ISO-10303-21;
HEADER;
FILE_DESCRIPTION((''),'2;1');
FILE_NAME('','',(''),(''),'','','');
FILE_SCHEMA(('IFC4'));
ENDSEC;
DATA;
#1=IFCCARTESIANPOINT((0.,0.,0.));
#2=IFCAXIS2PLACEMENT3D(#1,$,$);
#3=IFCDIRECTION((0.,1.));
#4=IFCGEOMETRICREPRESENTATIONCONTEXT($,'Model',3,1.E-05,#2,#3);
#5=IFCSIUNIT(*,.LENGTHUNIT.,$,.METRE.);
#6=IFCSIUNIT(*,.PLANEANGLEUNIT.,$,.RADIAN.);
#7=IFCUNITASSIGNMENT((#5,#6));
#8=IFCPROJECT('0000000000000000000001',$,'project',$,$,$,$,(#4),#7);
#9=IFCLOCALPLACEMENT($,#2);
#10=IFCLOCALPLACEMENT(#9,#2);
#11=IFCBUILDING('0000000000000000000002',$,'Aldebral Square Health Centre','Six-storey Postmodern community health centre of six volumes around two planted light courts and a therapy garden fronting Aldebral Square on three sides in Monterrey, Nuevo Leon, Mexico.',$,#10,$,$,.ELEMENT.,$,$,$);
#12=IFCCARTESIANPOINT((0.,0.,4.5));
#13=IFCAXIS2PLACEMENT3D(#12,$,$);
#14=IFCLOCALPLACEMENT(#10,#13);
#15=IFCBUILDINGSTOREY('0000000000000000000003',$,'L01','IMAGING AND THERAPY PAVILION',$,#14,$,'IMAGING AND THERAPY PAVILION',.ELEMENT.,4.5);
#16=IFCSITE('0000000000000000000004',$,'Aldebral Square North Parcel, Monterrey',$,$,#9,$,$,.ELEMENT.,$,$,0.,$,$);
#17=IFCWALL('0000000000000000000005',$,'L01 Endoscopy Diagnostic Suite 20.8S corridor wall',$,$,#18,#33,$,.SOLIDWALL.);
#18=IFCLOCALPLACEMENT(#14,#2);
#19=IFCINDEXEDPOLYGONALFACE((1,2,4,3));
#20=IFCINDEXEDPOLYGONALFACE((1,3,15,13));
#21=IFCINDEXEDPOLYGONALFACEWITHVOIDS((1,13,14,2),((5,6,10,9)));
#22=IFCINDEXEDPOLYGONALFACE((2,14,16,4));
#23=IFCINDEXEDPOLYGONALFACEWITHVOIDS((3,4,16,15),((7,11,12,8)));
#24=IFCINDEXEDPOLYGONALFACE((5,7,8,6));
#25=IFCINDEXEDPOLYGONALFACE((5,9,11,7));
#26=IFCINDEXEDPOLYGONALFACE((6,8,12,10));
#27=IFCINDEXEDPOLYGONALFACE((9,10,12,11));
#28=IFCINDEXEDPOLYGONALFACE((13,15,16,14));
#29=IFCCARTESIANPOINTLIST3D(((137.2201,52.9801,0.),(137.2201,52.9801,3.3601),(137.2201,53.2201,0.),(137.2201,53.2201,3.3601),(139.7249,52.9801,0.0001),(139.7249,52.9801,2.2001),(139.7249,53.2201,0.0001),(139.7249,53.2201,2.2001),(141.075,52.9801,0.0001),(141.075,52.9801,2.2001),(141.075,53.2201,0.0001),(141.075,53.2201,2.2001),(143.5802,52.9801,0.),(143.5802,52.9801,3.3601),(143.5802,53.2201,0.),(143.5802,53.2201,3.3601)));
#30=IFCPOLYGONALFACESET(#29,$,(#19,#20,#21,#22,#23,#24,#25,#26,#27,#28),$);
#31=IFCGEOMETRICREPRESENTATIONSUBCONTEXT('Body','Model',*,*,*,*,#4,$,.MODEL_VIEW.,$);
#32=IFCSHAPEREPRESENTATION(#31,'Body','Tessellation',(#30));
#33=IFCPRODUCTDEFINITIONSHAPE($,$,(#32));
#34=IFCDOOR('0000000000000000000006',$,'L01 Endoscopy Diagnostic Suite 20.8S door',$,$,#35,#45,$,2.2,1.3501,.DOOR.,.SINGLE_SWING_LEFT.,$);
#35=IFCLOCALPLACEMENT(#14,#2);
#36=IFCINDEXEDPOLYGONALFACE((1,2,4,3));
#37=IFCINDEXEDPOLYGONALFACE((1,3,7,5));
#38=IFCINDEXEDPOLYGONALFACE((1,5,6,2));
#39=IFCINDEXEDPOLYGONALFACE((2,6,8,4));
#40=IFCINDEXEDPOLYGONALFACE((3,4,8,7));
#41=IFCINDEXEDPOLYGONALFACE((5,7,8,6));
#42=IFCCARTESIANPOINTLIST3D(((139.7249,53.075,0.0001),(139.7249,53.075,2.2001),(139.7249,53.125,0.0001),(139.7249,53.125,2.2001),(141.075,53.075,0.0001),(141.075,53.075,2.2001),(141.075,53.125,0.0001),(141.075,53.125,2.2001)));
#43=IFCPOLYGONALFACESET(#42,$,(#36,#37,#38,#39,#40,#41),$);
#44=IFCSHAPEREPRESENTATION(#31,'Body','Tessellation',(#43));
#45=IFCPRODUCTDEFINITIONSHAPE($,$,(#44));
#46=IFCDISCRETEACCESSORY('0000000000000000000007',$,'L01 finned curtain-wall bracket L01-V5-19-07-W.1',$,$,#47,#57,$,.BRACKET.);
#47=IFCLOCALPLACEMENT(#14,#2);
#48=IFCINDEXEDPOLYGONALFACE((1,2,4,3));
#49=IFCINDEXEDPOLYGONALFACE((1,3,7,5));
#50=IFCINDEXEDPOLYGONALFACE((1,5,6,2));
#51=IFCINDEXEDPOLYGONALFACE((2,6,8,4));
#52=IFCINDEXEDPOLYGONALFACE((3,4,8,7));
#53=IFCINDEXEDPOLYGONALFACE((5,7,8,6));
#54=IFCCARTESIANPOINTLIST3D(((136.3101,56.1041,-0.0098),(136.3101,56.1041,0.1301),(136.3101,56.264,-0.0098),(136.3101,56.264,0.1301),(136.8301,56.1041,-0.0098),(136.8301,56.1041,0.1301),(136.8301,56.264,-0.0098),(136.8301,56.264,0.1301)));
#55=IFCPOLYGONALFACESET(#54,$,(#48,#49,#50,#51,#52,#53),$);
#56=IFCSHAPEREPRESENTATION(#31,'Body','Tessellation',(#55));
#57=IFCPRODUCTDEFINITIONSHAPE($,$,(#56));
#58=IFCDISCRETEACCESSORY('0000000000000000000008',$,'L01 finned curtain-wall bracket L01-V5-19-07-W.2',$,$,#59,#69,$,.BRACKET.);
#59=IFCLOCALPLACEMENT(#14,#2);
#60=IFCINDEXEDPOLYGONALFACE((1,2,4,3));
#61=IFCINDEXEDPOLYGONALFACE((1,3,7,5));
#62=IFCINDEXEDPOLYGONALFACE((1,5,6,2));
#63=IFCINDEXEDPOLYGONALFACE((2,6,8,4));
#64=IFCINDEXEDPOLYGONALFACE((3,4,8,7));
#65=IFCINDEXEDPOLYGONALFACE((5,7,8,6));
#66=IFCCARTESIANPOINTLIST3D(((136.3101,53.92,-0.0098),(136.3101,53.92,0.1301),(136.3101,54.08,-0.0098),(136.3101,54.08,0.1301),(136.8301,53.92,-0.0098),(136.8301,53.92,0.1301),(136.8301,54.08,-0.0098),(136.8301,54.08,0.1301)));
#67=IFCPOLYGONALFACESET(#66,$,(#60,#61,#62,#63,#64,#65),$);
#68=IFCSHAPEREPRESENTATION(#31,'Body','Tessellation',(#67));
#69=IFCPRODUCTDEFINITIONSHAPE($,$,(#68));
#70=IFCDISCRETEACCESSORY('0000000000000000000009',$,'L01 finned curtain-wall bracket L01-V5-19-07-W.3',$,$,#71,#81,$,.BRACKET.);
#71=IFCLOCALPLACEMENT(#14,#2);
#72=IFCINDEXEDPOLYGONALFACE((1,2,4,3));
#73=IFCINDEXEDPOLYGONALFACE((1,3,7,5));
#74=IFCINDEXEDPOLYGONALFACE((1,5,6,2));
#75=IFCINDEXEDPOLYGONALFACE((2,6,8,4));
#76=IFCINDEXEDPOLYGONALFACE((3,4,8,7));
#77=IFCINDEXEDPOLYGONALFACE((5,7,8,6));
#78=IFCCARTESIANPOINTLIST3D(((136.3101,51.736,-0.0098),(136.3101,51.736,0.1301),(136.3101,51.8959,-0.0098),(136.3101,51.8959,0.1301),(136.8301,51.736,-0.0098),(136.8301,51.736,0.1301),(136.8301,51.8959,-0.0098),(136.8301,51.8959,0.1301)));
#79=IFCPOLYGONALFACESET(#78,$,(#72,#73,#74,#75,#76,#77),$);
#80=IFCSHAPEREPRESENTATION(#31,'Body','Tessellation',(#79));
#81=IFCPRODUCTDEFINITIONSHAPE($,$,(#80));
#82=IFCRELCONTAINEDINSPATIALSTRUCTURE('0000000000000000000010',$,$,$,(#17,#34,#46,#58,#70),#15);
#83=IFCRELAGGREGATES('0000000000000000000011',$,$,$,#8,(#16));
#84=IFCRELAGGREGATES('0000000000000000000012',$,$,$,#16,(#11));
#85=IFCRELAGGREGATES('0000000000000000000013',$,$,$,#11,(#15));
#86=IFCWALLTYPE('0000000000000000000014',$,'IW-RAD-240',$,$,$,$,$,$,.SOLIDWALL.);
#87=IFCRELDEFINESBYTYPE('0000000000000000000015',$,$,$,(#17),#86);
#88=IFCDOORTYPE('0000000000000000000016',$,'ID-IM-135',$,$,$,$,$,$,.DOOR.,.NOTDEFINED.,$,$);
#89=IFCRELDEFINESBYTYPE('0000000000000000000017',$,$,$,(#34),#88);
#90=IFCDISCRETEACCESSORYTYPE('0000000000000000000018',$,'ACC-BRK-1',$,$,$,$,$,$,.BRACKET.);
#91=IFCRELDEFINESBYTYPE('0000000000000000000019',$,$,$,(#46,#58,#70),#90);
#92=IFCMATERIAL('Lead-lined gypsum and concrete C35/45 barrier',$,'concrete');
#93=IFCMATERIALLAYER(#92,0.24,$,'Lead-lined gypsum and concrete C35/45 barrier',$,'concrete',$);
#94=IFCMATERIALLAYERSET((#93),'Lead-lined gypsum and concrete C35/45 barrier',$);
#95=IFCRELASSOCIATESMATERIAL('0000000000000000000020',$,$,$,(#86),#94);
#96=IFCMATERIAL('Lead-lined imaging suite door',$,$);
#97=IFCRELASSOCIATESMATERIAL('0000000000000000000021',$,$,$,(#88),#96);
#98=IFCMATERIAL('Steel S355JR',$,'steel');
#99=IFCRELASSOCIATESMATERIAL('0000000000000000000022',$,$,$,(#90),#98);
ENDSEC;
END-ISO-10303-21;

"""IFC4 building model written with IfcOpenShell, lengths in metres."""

from ifc_helpers import new_model, si_unit, direction, frame, frame_2d, origin, origin_2d, place, context, subcontext, project, spatial, rectangle, extrude, material, layer, layer_set, type_object, element, fill, save


model = new_model("IFC4")

# Units and contexts
model_context = context("Model", 3, precision=1e-05, world=origin(), true_north=direction((0.0, 1.0)))
body_context = subcontext(model_context, "Body", "Model", "MODEL_VIEW")
ifc_project = project(units=[si_unit("LENGTHUNIT", "METRE"), si_unit("PLANEANGLEUNIT", "RADIAN")], contexts=[model_context])

# Site, building, storey
site_placement = place(None, origin())
site = spatial("IfcSite", under=ifc_project, at=site_placement, Name="Aldebral Square North Parcel, Monterrey", CompositionType="ELEMENT", RefElevation=0.0)
building_placement = place(site_placement, origin())
building = spatial("IfcBuilding", under=site, at=building_placement, Name="Aldebral Square Health Centre", Description="Six-storey Postmodern community health centre of six volumes around two planted light courts and a therapy garden fronting Aldebral Square on three sides in Monterrey, Nuevo Leon, Mexico.", CompositionType="ELEMENT")
storey_placement = place(building_placement, frame((0.0, 0.0, 4.5)))
storey = spatial("IfcBuildingStorey", under=building, at=storey_placement, Name="L01", Description="IMAGING AND THERAPY PAVILION", LongName="IMAGING AND THERAPY PAVILION", CompositionType="ELEMENT", Elevation=4.5)

# Wall, opening, door
ifc_material_1 = material(Name="Lead-lined gypsum and concrete C35/45 barrier", Category="concrete")
ifc_layer_1 = layer(ifc_material_1, 0.24, Name="Lead-lined gypsum and concrete C35/45 barrier", Category="concrete")
ifc_layer_set_1 = layer_set([ifc_layer_1], Name="Lead-lined gypsum and concrete C35/45 barrier")
wall_type_1 = type_object("IfcWallType", Name="IW-RAD-240", PredefinedType="SOLIDWALL", material=ifc_layer_set_1)
wall_1_placement = place(storey_placement, frame((137.22, 53.1001, 0.0), z_axis=(0.0, 0.0, 1.0), x_axis=(1.0, 0.0, 0.0)))
wall_1 = element("IfcWall", 1, at=wall_1_placement, inside=storey, type_object=wall_type_1, Name="L01 Endoscopy Diagnostic Suite 20.8S corridor wall", PredefinedType="SOLIDWALL", context=body_context, shape_type="SweptSolid", body=[
    extrude(rectangle(XDim=6.3601, YDim=0.24, at=frame_2d((3.1802, 0.0))), origin(), (0.0, 0.0, 1.0), 3.3601),
])
opening_1_placement = place(wall_1_placement, frame((2.5049, 0.0, 0.0)))
opening_1 = element("IfcOpeningElement", 2, at=opening_1_placement, cuts=wall_1, PredefinedType="OPENING", context=body_context, shape_type="SweptSolid", body=[
    extrude(rectangle(XDim=1.3501, YDim=2.2, at=frame_2d((0.675, 1.1001))), frame((0.0, 0.1299, 0.0), z_axis=(0.0, -1.0, 0.0), x_axis=(1.0, 0.0, 0.0)), (0.0, 0.0, 1.0), 0.26),
])
ifc_material_2 = material(Name="Lead-lined imaging suite door")
door_type_1 = type_object("IfcDoorType", Name="ID-IM-135", OperationType="NOTDEFINED", PredefinedType="DOOR", material=ifc_material_2)
door_1_placement = place(opening_1_placement, origin())
door_1 = element("IfcDoor", 3, at=door_1_placement, inside=storey, type_object=door_type_1, Name="L01 Endoscopy Diagnostic Suite 20.8S door", OperationType="SINGLE_SWING_LEFT", OverallHeight=2.2, OverallWidth=1.3501, PredefinedType="DOOR", context=body_context, shape_type="SweptSolid", body=[
    extrude(rectangle(XDim=1.3501, YDim=2.2, at=frame_2d((0.675, 1.1001))), frame((0.0, 0.0249, 0.0), z_axis=(0.0, -1.0, 0.0), x_axis=(1.0, 0.0, 0.0)), (0.0, 0.0, 1.0), 0.05),
])
fill(opening_1, door_1)

# Discrete accessories
ifc_material_3 = material(Name="Steel S355JR", Category="steel")
discrete_accessory_type = type_object("IfcDiscreteAccessoryType", Name="ACC-BRK-1", PredefinedType="BRACKET", material=ifc_material_3)
for number, where, z_axis, x_axis, name in (
    (4, (136.5701, 56.1841, -0.0098), (0.0, 0.0, 1.0), (0.0, 1.0, 0.0), "L01 finned curtain-wall bracket L01-V5-19-07-W.1"),
    (5, (136.5701, 54.0, -0.0098), (0.0, 0.0, 1.0), (0.0, 1.0, 0.0), "L01 finned curtain-wall bracket L01-V5-19-07-W.2"),
    (6, (136.5701, 51.8159, -0.0098), (0.0, 0.0, 1.0), (0.0, 1.0, 0.0), "L01 finned curtain-wall bracket L01-V5-19-07-W.3"),
):
    element("IfcDiscreteAccessory", number, at=place(storey_placement, frame(where, z_axis=z_axis, x_axis=x_axis)), inside=storey, type_object=discrete_accessory_type, Name=name, PredefinedType="BRACKET", context=body_context, shape_type="SweptSolid", body=[
        extrude(rectangle(XDim=0.1599, YDim=0.52, at=origin_2d()), origin(), (0.0, 0.0, 1.0), 0.1399),
    ])

save(model, "model.ifc")
